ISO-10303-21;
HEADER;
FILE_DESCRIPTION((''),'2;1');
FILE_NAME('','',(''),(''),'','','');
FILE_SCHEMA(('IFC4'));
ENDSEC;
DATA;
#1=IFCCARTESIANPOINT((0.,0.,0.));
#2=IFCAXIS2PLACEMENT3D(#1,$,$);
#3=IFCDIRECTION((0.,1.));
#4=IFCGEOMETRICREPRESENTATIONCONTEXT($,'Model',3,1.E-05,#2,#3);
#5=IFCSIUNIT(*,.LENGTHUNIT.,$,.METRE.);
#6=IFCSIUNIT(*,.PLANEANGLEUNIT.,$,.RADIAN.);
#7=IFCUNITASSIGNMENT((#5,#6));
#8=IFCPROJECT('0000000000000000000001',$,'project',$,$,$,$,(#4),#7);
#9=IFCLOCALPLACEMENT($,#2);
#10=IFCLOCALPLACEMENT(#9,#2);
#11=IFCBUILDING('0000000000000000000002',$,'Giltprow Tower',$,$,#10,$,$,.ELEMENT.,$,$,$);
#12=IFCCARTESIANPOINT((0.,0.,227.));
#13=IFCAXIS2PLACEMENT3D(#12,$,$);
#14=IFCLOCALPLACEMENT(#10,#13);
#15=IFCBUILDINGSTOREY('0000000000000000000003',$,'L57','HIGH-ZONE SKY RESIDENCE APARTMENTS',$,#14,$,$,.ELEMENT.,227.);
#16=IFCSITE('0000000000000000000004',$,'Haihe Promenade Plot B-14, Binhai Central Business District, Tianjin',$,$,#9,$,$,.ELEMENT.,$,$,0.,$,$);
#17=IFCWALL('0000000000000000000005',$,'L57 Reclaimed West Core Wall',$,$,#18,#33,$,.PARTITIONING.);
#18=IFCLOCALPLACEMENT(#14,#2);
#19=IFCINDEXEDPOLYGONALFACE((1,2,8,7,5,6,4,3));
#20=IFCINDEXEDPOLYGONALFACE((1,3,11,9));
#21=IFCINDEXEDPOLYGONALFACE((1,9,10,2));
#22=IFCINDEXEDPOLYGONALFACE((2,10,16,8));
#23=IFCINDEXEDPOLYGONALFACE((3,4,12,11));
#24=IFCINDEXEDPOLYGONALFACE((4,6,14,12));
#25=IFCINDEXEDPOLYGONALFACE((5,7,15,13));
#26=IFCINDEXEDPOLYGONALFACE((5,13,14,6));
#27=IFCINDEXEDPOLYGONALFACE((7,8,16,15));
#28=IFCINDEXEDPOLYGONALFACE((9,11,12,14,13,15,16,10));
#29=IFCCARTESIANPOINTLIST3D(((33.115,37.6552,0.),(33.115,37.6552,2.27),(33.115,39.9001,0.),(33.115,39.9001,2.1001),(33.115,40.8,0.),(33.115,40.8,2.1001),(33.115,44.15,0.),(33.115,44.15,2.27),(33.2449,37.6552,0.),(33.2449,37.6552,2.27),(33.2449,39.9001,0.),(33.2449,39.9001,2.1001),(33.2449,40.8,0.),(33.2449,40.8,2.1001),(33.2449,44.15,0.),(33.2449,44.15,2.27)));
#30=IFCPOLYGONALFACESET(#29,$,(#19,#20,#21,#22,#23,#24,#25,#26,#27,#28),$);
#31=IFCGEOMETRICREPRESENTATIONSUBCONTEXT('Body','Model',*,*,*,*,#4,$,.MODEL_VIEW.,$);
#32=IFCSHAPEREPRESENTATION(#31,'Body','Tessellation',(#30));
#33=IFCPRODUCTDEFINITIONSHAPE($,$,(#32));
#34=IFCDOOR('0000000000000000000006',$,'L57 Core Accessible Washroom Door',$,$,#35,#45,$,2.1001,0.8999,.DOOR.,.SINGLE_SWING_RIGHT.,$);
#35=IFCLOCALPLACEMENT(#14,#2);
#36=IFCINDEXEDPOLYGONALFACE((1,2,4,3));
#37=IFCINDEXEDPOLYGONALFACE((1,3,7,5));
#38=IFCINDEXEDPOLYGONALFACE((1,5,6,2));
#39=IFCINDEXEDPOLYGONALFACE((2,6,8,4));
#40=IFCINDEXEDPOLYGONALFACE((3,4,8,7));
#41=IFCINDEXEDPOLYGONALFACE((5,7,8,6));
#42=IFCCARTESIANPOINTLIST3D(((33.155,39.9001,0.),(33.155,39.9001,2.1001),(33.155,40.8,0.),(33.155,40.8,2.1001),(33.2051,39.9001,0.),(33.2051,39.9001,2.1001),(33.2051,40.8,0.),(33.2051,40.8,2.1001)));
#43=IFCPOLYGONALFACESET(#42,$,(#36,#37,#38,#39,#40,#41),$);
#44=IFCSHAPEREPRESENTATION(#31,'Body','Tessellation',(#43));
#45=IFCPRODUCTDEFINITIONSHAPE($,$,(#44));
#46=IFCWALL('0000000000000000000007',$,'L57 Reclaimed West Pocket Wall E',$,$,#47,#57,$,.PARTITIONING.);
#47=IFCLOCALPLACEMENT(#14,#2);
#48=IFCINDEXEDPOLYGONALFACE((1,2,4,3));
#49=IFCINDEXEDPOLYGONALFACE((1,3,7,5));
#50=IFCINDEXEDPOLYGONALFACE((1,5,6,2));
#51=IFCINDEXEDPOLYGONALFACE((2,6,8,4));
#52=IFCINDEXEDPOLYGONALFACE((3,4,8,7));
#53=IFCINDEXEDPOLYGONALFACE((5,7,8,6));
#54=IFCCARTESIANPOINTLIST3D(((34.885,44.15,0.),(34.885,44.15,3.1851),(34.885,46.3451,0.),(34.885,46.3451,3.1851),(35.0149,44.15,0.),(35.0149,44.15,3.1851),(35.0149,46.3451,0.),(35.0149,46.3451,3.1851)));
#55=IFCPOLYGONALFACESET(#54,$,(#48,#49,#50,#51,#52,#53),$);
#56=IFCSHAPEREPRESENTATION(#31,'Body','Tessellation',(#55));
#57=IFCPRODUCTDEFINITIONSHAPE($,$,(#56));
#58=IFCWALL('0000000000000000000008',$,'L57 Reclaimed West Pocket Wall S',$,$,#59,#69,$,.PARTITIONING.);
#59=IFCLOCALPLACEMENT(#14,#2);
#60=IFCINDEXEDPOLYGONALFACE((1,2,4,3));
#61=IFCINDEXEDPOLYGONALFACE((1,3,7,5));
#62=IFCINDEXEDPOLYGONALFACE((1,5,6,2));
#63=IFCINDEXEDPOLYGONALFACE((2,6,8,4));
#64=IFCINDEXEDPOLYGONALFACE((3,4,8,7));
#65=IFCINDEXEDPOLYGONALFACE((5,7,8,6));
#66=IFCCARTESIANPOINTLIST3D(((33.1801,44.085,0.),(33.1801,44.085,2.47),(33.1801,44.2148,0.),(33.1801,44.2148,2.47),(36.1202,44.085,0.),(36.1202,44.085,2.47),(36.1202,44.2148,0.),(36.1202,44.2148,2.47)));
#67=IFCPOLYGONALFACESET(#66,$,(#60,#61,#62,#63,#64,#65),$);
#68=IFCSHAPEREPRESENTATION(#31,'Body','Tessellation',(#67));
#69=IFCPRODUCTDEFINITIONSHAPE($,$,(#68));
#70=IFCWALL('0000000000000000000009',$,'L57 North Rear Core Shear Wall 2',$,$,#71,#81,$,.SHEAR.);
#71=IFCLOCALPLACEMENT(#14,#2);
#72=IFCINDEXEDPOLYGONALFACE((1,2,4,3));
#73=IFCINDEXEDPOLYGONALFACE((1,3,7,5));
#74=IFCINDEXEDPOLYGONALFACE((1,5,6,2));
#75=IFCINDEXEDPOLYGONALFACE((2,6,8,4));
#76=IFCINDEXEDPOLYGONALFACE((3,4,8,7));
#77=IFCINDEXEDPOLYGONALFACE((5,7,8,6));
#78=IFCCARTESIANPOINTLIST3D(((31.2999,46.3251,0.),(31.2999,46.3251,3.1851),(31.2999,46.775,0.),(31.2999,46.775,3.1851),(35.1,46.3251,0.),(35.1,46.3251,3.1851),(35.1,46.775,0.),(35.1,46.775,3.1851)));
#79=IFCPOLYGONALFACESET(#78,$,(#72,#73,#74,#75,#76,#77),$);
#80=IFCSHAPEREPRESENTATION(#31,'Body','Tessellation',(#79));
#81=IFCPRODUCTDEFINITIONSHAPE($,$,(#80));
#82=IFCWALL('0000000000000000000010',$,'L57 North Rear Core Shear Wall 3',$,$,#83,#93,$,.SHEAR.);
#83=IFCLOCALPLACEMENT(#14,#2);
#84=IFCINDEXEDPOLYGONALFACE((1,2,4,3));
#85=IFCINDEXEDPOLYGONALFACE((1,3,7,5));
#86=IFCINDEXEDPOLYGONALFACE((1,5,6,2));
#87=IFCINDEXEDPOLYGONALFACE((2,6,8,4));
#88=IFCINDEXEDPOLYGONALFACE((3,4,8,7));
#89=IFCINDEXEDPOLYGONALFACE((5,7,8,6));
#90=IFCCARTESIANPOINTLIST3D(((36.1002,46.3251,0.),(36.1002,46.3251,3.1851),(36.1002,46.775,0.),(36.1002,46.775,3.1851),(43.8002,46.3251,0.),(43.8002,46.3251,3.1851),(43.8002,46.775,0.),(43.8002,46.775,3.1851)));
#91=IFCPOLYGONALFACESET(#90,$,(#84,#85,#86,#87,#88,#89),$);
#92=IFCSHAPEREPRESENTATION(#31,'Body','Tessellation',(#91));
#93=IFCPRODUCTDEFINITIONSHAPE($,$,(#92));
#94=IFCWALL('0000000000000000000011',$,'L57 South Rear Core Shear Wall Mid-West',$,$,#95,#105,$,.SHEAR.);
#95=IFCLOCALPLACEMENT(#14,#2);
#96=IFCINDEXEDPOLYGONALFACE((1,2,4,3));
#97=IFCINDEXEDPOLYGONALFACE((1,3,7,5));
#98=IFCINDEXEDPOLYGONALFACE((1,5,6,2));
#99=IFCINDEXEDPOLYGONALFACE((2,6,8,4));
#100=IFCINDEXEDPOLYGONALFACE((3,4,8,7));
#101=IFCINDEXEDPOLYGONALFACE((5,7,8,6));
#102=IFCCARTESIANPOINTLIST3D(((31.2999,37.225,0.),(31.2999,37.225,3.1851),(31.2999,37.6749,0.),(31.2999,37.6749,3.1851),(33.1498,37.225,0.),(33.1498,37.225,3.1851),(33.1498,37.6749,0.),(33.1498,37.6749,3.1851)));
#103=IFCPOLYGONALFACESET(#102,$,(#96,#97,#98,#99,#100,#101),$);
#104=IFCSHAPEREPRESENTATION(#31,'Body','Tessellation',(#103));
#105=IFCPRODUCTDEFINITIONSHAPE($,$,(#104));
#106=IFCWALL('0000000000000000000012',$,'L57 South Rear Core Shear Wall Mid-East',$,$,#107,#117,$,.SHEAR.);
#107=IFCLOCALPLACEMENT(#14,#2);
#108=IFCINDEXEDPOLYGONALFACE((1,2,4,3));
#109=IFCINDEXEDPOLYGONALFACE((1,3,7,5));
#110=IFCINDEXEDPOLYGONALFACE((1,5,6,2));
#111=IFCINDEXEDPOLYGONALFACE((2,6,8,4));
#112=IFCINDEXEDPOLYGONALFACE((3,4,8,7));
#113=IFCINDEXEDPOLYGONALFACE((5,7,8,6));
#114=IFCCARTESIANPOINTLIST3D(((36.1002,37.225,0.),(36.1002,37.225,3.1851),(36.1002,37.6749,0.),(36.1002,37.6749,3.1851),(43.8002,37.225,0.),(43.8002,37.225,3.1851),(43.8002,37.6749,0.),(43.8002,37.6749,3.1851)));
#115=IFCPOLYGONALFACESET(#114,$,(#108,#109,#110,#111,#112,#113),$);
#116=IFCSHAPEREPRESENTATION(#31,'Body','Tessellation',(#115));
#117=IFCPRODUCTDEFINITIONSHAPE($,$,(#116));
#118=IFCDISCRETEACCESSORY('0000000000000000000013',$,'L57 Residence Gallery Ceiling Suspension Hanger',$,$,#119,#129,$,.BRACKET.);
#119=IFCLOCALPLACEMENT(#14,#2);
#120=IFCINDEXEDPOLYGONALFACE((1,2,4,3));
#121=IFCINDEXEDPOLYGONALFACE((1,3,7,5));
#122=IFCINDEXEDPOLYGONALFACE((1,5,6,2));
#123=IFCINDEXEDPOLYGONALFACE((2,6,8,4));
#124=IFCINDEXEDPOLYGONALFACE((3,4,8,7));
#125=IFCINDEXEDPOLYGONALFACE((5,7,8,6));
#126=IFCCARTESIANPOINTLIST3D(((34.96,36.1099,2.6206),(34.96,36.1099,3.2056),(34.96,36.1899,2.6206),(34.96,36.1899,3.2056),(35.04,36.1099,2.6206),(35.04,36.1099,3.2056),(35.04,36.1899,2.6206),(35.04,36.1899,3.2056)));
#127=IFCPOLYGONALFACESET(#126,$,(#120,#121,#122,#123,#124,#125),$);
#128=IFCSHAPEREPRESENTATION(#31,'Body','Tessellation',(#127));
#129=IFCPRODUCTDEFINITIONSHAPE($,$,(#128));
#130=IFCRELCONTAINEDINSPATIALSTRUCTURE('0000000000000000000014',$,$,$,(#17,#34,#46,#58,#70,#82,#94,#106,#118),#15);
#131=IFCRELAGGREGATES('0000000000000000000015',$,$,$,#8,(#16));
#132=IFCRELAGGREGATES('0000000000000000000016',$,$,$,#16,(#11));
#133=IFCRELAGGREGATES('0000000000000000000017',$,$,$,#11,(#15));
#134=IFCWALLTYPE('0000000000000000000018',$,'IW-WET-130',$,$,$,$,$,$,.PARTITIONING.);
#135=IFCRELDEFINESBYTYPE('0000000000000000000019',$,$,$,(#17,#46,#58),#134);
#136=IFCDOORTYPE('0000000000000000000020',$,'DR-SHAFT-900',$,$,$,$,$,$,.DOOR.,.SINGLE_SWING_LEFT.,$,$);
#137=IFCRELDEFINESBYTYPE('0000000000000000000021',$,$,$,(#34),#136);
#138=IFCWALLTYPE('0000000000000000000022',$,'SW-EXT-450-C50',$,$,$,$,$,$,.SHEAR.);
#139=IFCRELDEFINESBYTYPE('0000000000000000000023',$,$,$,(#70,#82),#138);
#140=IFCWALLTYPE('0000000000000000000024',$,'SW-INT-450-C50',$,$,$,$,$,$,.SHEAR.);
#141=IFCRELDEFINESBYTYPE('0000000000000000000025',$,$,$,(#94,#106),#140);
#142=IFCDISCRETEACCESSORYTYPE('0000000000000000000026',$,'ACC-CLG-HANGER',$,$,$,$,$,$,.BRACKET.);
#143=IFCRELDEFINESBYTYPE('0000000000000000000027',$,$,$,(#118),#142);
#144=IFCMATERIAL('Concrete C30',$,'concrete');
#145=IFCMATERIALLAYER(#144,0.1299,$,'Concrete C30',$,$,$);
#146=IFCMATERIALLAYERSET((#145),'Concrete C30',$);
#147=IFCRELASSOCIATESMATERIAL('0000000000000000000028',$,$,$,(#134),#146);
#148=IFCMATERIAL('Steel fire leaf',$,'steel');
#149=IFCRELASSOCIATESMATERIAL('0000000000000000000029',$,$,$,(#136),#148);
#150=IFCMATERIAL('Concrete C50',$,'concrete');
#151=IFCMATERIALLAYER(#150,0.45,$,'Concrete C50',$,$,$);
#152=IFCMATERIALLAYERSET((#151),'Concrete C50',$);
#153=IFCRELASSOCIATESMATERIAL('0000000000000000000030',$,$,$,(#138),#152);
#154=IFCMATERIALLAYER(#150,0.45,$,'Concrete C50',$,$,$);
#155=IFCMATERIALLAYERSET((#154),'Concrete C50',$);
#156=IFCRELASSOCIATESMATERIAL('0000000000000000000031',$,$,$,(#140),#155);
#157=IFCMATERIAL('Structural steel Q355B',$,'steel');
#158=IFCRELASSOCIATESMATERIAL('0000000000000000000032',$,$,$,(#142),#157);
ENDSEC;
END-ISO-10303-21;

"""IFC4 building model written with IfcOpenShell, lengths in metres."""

from ifc_helpers import new_model, si_unit, direction, frame, frame_2d, origin, origin_2d, place, context, subcontext, project, spatial, rectangle, extrude, source, transform, mapped, material, layer, layer_set, type_object, element, fill, save


model = new_model("IFC4")

# Units and contexts
model_context = context("Model", 3, precision=1e-05, world=origin(), true_north=direction((0.0, 1.0)))
body_context = subcontext(model_context, "Body", "Model", "MODEL_VIEW")
ifc_project = project(units=[si_unit("LENGTHUNIT", "METRE"), si_unit("PLANEANGLEUNIT", "RADIAN")], contexts=[model_context])

# Site, building, storey
site_placement = place(None, origin())
site = spatial("IfcSite", under=ifc_project, at=site_placement, Name="Haihe Promenade Plot B-14, Binhai Central Business District, Tianjin", CompositionType="ELEMENT", RefElevation=0.0)
building_placement = place(site_placement, origin())
building = spatial("IfcBuilding", under=site, at=building_placement, Name="Giltprow Tower", CompositionType="ELEMENT")
storey_placement = place(building_placement, frame((0.0, 0.0, 227.0)))
storey = spatial("IfcBuildingStorey", under=building, at=storey_placement, Name="L57", Description="HIGH-ZONE SKY RESIDENCE APARTMENTS", CompositionType="ELEMENT", Elevation=227.0)

# Shared definitions
ifc_material_1 = material(Name="Concrete C50", Category="concrete")

# Shared definitions
ifc_material_2 = material(Name="Structural steel Q355B", Category="steel")

# Wall, opening, door
ifc_material_3 = material(Name="Concrete C30", Category="concrete")
ifc_layer_1 = layer(ifc_material_3, 0.1299, Name="Concrete C30")
ifc_layer_set_1 = layer_set([ifc_layer_1], Name="Concrete C30")
wall_type_1 = type_object("IfcWallType", Name="IW-WET-130", PredefinedType="PARTITIONING", material=ifc_layer_set_1)
wall_1_placement = place(storey_placement, frame((33.1799, 37.655, 0.0), z_axis=(0.0, 0.0, 1.0), x_axis=(0.0, 1.0, 0.0)))
wall_1 = element("IfcWall", 1, at=wall_1_placement, inside=storey, type_object=wall_type_1, Name="L57 Reclaimed West Core Wall", PredefinedType="PARTITIONING", context=body_context, shape_type="SweptSolid", body=[
    extrude(rectangle(XDim=6.4949, YDim=0.1299, at=frame_2d((3.2476, 0.0))), origin(), (0.0, 0.0, 1.0), 2.27),
])
opening_1_placement = place(wall_1_placement, frame((2.2451, 0.0, 0.0)))
opening_1 = element("IfcOpeningElement", 2, at=opening_1_placement, cuts=wall_1, PredefinedType="OPENING", context=body_context, shape_type="SweptSolid", body=[
    extrude(rectangle(XDim=0.8999, YDim=2.1001, at=frame_2d((0.45, 1.05))), frame((0.0, 0.075, 0.0), z_axis=(0.0, -1.0, 0.0), x_axis=(1.0, 0.0, 0.0)), (0.0, 0.0, 1.0), 0.1499),
])
ifc_material_4 = material(Name="Steel fire leaf", Category="steel")
door_type_1 = type_object("IfcDoorType", Name="DR-SHAFT-900", OperationType="SINGLE_SWING_LEFT", PredefinedType="DOOR", material=ifc_material_4)
shared_shape_1 = source(origin(), body_context, "Body", "SweptSolid", [
    extrude(rectangle(XDim=0.8999, YDim=2.1001, at=frame_2d((0.45, 1.05))), frame((0.0, 0.0249, 0.0), z_axis=(0.0, -1.0, 0.0), x_axis=(1.0, 0.0, 0.0)), (0.0, 0.0, 1.0), 0.05),
])
door_1_placement = place(opening_1_placement, origin())
door_1 = element("IfcDoor", 3, at=door_1_placement, inside=storey, type_object=door_type_1, Name="L57 Core Accessible Washroom Door", OperationType="SINGLE_SWING_RIGHT", OverallHeight=2.1001, OverallWidth=0.8999, PredefinedType="DOOR", context=body_context, shape_type="MappedRepresentation", body=[
    mapped(shared_shape_1, transform((0.0, 0.0, 0.0), x_axis=(1.0, 0.0, 0.0), y_axis=(0.0, 1.0, 0.0), z_axis=(0.0, 0.0, 1.0), scale=1.0)),
])
fill(opening_1, door_1)

# Walls
wall_2_placement = place(storey_placement, frame((34.95, 44.1499, 0.0), z_axis=(0.0, 0.0, 1.0), x_axis=(0.0, 1.0, 0.0)))
element("IfcWall", 4, at=wall_2_placement, inside=storey, type_object=wall_type_1, Name="L57 Reclaimed West Pocket Wall E", PredefinedType="PARTITIONING", context=body_context, shape_type="SweptSolid", body=[
    extrude(rectangle(XDim=2.1951, YDim=0.1299, at=frame_2d((1.0977, 0.0))), origin(), (0.0, 0.0, 1.0), 3.1851),
])
wall_3_placement = place(storey_placement, frame((33.1799, 44.1499, 0.0), z_axis=(0.0, 0.0, 1.0), x_axis=(1.0, 0.0, 0.0)))
element("IfcWall", 5, at=wall_3_placement, inside=storey, type_object=wall_type_1, Name="L57 Reclaimed West Pocket Wall S", PredefinedType="PARTITIONING", context=body_context, shape_type="SweptSolid", body=[
    extrude(rectangle(XDim=2.9402, YDim=0.1299, at=frame_2d((1.4702, 0.0))), origin(), (0.0, 0.0, 1.0), 2.47),
])
ifc_layer_2 = layer(ifc_material_1, 0.45, Name="Concrete C50")
ifc_layer_set_2 = layer_set([ifc_layer_2], Name="Concrete C50")
wall_type_2 = type_object("IfcWallType", Name="SW-EXT-450-C50", PredefinedType="SHEAR", material=ifc_layer_set_2)
wall_4_placement = place(storey_placement, frame((31.3, 46.55, 0.0), z_axis=(0.0, 0.0, 1.0), x_axis=(1.0, 0.0, 0.0)))
element("IfcWall", 6, at=wall_4_placement, inside=storey, type_object=wall_type_2, Name="L57 North Rear Core Shear Wall 2", PredefinedType="SHEAR", context=body_context, shape_type="SweptSolid", body=[
    extrude(rectangle(XDim=3.8, YDim=0.45, at=frame_2d((1.8999, 0.0))), origin(), (0.0, 0.0, 1.0), 3.1851),
])
wall_5_placement = place(storey_placement, frame((36.1001, 46.55, 0.0), z_axis=(0.0, 0.0, 1.0), x_axis=(1.0, 0.0, 0.0)))
element("IfcWall", 7, at=wall_5_placement, inside=storey, type_object=wall_type_2, Name="L57 North Rear Core Shear Wall 3", PredefinedType="SHEAR", context=body_context, shape_type="SweptSolid", body=[
    extrude(rectangle(XDim=7.7, YDim=0.45, at=frame_2d((3.8501, 0.0))), origin(), (0.0, 0.0, 1.0), 3.1851),
])
ifc_layer_3 = layer(ifc_material_1, 0.45, Name="Concrete C50")
ifc_layer_set_3 = layer_set([ifc_layer_3], Name="Concrete C50")
wall_type_3 = type_object("IfcWallType", Name="SW-INT-450-C50", PredefinedType="SHEAR", material=ifc_layer_set_3)
wall_6_placement = place(storey_placement, frame((31.3, 37.45, 0.0), z_axis=(0.0, 0.0, 1.0), x_axis=(1.0, 0.0, 0.0)))
element("IfcWall", 8, at=wall_6_placement, inside=storey, type_object=wall_type_3, Name="L57 South Rear Core Shear Wall Mid-West", PredefinedType="SHEAR", context=body_context, shape_type="SweptSolid", body=[
    extrude(rectangle(XDim=1.8499, YDim=0.45, at=frame_2d((0.9248, 0.0))), origin(), (0.0, 0.0, 1.0), 3.1851),
])
wall_7_placement = place(storey_placement, frame((36.1001, 37.45, 0.0), z_axis=(0.0, 0.0, 1.0), x_axis=(1.0, 0.0, 0.0)))
element("IfcWall", 9, at=wall_7_placement, inside=storey, type_object=wall_type_3, Name="L57 South Rear Core Shear Wall Mid-East", PredefinedType="SHEAR", context=body_context, shape_type="SweptSolid", body=[
    extrude(rectangle(XDim=7.7, YDim=0.45, at=frame_2d((3.8501, 0.0))), origin(), (0.0, 0.0, 1.0), 3.1851),
])

# Discrete accessory
discrete_accessory_type = type_object("IfcDiscreteAccessoryType", Name="ACC-CLG-HANGER", PredefinedType="BRACKET", material=ifc_material_2)
shared_shape_2 = source(origin(), body_context, "Body", "SweptSolid", [
    extrude(rectangle(XDim=0.0801, YDim=0.0801, at=origin_2d()), origin(), (0.0, 0.0, 1.0), 0.585),
])
discrete_accessory_placement = place(storey_placement, frame((35.0, 36.1499, 2.6206), z_axis=(0.0, 0.0, 1.0), x_axis=(1.0, 0.0, 0.0)))
element("IfcDiscreteAccessory", 10, at=discrete_accessory_placement, inside=storey, type_object=discrete_accessory_type, Name="L57 Residence Gallery Ceiling Suspension Hanger", PredefinedType="BRACKET", context=body_context, shape_type="MappedRepresentation", body=[
    mapped(shared_shape_2, transform((0.0, 0.0, 0.0), x_axis=(1.0, 0.0, 0.0), y_axis=(0.0, 1.0, 0.0), z_axis=(0.0, 0.0, 1.0), scale=1.0)),
])

save(model, "model.ifc")
